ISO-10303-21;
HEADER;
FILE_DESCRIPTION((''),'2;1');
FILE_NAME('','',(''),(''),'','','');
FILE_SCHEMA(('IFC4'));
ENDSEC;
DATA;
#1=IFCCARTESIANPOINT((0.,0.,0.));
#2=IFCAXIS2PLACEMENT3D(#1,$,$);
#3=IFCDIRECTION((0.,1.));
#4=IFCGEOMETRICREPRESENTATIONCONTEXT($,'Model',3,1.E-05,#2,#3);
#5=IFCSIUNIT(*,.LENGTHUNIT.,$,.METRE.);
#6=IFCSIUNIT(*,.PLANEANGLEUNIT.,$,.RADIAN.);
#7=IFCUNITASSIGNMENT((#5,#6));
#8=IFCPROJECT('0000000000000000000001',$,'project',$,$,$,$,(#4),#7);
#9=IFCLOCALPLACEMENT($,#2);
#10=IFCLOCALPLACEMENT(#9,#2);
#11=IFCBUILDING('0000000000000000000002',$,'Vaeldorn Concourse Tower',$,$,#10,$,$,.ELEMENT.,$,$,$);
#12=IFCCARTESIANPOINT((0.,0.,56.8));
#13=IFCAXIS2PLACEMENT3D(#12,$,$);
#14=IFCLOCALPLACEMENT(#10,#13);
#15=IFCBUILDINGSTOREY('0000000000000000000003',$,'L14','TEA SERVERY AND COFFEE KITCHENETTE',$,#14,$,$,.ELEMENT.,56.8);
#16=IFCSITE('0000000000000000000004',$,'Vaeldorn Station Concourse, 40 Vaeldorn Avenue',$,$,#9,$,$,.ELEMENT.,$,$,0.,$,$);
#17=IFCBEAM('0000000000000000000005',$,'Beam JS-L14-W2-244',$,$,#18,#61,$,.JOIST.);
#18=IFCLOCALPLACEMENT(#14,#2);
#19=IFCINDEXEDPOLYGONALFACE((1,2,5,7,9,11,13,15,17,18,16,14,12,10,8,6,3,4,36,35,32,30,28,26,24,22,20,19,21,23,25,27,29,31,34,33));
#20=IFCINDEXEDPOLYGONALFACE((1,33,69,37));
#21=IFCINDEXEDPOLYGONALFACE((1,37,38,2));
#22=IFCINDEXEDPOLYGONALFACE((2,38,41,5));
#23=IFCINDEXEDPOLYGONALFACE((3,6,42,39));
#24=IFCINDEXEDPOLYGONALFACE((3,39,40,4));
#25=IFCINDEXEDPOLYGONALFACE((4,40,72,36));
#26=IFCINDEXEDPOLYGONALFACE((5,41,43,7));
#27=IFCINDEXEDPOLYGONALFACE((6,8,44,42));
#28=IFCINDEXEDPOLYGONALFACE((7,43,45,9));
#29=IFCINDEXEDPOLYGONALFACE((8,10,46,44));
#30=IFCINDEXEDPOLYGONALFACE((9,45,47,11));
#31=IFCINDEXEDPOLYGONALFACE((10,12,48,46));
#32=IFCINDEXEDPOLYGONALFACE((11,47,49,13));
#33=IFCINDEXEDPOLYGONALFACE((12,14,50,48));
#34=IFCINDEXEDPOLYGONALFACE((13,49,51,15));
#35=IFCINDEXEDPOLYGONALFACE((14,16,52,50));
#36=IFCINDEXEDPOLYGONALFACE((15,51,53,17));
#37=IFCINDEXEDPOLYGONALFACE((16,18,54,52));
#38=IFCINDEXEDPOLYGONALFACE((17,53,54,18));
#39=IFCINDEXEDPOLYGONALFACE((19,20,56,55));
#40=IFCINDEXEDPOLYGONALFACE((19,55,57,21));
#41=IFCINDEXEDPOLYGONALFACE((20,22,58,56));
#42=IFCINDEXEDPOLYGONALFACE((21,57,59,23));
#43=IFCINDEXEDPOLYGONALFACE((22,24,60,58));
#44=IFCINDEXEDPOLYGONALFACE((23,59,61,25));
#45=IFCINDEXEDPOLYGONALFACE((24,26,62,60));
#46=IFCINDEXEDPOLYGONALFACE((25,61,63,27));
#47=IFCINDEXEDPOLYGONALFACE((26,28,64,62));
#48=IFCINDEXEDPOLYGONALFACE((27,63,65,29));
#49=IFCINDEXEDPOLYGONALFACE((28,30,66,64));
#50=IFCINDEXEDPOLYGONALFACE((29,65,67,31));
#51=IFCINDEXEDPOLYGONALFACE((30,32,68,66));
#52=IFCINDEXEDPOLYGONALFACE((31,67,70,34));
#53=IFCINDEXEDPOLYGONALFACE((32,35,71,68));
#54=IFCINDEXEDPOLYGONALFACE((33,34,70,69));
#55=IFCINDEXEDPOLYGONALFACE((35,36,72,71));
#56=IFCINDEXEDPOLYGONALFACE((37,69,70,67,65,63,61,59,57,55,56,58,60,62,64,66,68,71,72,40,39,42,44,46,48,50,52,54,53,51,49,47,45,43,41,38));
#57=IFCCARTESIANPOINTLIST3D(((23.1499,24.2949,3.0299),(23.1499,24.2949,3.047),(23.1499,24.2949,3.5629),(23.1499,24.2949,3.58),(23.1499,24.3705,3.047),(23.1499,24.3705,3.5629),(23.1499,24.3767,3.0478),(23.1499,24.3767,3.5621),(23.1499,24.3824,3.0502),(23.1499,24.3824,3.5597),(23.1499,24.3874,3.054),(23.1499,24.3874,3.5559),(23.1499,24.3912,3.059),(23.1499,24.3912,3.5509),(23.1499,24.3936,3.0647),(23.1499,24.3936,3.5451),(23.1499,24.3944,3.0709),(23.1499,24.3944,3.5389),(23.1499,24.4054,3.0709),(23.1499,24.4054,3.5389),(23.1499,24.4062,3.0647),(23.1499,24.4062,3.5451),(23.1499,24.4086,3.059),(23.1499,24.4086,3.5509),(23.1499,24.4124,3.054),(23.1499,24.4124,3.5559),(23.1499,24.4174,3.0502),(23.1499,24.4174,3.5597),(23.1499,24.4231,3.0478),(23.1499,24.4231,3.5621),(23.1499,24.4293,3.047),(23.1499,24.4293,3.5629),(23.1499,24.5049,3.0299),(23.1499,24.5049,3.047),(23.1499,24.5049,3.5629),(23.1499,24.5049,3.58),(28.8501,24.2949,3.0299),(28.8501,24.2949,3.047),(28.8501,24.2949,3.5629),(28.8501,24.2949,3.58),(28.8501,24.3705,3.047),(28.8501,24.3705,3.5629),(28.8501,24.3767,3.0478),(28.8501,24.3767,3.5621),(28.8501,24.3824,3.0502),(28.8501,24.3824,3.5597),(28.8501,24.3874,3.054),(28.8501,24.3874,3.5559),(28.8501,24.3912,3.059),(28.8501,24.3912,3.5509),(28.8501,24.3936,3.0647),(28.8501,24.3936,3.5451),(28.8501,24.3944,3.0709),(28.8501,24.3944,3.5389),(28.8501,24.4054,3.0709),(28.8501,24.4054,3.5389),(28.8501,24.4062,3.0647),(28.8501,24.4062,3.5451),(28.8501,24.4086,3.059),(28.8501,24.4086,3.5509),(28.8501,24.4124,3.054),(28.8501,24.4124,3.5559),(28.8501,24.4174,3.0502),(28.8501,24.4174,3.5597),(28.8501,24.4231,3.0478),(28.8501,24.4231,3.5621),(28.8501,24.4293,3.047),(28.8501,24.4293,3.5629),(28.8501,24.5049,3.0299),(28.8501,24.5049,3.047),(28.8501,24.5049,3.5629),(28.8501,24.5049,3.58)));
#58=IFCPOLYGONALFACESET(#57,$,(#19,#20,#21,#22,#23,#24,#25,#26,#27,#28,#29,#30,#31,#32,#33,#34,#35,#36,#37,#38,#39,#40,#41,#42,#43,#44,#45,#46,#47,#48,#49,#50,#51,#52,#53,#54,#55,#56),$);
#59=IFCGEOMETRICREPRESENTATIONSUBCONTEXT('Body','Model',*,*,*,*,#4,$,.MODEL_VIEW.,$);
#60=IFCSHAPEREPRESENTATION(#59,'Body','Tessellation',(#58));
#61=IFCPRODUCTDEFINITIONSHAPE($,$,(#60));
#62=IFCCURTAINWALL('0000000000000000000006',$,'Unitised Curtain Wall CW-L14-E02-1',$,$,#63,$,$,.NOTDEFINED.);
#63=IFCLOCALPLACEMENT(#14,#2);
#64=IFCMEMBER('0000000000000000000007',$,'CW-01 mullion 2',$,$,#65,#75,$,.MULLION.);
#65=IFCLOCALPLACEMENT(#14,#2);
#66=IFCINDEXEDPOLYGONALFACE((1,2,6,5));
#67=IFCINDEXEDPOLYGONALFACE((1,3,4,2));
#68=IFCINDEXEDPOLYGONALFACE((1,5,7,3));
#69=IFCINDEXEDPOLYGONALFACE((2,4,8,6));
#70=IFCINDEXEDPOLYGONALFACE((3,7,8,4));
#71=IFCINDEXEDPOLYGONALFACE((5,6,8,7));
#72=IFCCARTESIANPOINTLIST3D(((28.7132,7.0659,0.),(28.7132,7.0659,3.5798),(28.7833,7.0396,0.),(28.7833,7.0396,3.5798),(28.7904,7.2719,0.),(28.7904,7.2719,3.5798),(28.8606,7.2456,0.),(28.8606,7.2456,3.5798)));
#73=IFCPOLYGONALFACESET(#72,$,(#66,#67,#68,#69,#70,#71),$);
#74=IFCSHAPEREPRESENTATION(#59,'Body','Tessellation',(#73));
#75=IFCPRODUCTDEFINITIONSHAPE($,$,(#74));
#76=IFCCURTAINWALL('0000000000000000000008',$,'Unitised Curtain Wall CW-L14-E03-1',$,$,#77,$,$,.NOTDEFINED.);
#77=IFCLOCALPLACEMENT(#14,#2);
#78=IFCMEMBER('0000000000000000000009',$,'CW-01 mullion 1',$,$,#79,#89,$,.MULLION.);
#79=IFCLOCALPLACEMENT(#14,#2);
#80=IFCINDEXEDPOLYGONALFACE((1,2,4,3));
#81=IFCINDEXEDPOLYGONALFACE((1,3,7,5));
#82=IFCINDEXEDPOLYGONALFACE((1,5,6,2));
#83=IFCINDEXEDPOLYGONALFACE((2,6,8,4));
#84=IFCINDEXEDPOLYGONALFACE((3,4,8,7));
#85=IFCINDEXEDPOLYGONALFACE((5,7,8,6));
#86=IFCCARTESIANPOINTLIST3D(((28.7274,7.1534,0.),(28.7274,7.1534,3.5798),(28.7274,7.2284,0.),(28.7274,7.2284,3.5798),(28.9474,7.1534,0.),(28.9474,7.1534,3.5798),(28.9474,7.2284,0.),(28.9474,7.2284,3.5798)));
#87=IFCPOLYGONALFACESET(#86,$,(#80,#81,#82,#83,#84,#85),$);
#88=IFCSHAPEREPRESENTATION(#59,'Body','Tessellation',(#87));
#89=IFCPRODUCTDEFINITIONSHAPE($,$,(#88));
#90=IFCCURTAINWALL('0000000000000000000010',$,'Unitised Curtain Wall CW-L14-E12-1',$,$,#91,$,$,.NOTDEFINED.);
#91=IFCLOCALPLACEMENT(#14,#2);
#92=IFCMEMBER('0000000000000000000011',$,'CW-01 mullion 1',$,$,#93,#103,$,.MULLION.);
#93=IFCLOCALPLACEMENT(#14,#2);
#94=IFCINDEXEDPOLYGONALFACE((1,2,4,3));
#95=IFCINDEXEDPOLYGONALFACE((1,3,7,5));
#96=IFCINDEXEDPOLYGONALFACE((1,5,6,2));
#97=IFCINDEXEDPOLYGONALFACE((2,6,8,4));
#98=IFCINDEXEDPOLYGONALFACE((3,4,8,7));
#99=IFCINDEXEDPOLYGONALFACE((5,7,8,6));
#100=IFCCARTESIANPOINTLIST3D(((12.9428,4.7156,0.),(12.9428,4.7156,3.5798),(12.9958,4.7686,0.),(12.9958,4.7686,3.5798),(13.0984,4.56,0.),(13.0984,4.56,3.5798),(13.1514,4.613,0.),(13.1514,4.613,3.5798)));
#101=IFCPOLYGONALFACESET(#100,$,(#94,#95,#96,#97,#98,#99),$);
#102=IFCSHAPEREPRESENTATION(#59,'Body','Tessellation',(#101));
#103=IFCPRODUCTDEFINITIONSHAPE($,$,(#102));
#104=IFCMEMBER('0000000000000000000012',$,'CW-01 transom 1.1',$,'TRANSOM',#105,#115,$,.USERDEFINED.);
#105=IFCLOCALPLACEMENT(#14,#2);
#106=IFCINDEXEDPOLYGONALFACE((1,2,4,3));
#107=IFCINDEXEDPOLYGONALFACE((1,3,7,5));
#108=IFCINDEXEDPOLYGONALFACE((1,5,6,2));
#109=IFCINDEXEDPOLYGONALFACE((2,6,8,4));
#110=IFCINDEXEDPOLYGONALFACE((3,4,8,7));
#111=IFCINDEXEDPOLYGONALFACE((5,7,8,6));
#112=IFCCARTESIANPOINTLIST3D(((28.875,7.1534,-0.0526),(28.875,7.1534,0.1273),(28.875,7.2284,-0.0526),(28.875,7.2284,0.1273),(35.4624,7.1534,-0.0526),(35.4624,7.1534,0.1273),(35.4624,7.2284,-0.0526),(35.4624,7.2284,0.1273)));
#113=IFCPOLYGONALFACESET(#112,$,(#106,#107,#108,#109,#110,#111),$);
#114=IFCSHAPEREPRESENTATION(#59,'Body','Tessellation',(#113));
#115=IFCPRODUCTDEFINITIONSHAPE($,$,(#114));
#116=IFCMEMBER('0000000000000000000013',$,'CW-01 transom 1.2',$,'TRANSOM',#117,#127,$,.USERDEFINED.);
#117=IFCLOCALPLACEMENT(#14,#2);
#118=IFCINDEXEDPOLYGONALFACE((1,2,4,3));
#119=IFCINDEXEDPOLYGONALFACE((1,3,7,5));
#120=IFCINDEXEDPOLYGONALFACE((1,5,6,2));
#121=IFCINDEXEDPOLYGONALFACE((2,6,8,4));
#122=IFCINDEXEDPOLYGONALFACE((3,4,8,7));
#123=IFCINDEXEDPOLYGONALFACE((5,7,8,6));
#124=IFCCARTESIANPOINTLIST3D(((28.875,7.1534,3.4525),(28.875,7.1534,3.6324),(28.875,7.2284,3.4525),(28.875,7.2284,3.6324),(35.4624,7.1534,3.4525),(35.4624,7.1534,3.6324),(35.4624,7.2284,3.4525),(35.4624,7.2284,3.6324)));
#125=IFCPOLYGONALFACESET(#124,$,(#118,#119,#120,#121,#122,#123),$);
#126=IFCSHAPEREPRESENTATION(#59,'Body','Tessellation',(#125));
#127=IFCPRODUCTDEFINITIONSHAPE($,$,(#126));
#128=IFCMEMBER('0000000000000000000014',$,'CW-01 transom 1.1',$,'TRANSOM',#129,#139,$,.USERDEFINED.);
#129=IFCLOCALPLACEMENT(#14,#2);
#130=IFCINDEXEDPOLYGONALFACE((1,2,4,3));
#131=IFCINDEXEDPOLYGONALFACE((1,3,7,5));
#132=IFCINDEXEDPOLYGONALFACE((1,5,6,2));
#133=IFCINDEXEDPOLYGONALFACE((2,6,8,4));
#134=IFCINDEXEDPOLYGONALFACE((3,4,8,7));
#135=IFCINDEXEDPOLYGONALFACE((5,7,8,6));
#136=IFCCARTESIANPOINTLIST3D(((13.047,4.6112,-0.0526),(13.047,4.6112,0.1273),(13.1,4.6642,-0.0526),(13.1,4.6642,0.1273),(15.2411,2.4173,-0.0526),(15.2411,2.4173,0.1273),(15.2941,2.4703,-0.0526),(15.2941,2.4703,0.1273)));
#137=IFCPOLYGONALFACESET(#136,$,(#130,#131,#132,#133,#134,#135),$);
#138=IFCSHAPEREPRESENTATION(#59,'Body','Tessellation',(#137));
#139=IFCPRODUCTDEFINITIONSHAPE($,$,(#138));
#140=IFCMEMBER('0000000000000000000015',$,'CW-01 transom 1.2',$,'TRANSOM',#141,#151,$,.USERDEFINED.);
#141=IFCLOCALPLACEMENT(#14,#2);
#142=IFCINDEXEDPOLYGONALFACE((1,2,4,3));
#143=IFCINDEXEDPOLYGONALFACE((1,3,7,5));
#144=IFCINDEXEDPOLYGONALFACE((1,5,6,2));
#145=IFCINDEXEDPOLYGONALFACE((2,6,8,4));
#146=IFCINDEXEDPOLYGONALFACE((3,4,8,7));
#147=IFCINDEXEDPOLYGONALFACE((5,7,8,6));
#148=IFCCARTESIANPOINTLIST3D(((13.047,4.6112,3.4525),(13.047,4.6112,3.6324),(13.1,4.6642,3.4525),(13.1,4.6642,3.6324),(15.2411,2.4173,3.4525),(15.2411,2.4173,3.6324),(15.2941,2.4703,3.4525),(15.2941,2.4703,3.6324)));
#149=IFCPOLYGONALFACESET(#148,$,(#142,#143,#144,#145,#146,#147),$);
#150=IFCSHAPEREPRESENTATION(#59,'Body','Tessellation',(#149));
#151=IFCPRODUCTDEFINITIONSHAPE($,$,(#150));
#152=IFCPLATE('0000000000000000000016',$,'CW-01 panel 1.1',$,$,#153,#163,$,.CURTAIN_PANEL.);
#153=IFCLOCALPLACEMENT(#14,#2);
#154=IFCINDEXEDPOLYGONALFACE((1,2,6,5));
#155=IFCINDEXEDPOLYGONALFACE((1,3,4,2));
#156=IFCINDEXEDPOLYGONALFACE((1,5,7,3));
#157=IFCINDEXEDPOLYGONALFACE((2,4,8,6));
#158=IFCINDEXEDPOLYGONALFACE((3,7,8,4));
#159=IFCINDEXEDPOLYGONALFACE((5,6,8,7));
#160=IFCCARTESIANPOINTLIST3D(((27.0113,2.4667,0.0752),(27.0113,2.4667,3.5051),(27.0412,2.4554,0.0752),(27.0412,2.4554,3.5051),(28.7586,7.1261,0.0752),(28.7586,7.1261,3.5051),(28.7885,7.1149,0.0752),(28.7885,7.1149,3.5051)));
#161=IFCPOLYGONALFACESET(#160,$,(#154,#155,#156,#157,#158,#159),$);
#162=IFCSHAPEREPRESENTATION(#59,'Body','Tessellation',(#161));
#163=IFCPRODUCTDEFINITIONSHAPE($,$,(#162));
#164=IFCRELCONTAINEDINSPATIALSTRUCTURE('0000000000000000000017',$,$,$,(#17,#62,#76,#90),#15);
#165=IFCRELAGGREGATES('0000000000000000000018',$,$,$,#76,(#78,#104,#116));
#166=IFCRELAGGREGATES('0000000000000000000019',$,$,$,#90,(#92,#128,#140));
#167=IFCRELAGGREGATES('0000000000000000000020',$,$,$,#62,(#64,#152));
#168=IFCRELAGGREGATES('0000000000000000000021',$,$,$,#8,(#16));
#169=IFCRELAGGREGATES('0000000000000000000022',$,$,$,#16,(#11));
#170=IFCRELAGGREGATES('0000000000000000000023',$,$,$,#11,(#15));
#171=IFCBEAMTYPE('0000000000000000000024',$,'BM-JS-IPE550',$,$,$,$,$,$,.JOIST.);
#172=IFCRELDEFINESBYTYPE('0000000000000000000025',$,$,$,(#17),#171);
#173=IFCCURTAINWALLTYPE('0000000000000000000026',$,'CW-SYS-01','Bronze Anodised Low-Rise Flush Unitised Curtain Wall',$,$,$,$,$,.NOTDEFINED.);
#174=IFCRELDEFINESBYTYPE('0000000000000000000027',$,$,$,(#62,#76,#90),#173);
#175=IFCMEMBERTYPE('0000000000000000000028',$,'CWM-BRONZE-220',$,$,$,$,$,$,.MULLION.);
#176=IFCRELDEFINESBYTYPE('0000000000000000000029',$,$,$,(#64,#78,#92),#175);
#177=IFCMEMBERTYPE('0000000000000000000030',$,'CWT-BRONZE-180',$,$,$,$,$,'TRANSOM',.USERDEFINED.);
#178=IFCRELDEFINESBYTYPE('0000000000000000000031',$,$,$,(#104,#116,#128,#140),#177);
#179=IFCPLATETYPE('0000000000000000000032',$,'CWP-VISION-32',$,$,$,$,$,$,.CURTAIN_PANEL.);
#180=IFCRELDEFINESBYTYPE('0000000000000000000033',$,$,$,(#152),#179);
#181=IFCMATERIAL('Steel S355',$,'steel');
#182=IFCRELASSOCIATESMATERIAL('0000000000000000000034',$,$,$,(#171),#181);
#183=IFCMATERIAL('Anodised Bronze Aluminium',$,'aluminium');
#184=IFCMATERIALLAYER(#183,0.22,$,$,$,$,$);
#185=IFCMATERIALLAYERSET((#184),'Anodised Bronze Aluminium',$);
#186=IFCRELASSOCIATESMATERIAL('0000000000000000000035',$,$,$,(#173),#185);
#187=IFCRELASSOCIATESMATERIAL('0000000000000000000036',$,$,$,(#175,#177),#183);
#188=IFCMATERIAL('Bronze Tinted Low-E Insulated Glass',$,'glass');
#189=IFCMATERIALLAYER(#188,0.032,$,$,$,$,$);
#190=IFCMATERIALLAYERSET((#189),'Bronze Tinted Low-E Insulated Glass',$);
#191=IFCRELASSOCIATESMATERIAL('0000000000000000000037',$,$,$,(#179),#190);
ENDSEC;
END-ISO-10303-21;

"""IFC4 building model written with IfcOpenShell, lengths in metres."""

from ifc_helpers import new_model, si_unit, direction, frame, origin, origin_2d, place, context, subcontext, project, spatial, rectangle, i_section, extrude, source, transform, mapped, material, layer, layer_set, material_profile, profile_set, type_object, element, aggregate, save


model = new_model("IFC4")

# Units and contexts
model_context = context("Model", 3, precision=1e-05, world=origin(), true_north=direction((0.0, 1.0)))
body_context = subcontext(model_context, "Body", "Model", "MODEL_VIEW")
ifc_project = project(units=[si_unit("LENGTHUNIT", "METRE"), si_unit("PLANEANGLEUNIT", "RADIAN")], contexts=[model_context])

# Site, building, storey
site_placement = place(None, origin())
site = spatial("IfcSite", under=ifc_project, at=site_placement, Name="Vaeldorn Station Concourse, 40 Vaeldorn Avenue", CompositionType="ELEMENT", RefElevation=0.0)
building_placement = place(site_placement, origin())
building = spatial("IfcBuilding", under=site, at=building_placement, Name="Vaeldorn Concourse Tower", CompositionType="ELEMENT")
storey_placement = place(building_placement, frame((0.0, 0.0, 56.8)))
storey = spatial("IfcBuildingStorey", under=building, at=storey_placement, Name="L14", Description="TEA SERVERY AND COFFEE KITCHENETTE", CompositionType="ELEMENT", Elevation=56.8)

# Beam
ifc_material_1 = material(Name="Steel S355", Category="steel")
ifc_material_profile_1 = material_profile(ifc_material_1, i_section(OverallWidth=0.21, OverallDepth=0.55, WebThickness=0.011, FlangeThickness=0.0171, FilletRadius=0.0239, at=origin_2d()), Name="IPE 550")
ifc_profile_set_1 = profile_set([ifc_material_profile_1], Name="Steel S355")
beam_type_1 = type_object("IfcBeamType", Name="BM-JS-IPE550", PredefinedType="JOIST", material=ifc_profile_set_1)
shared_shape_1 = source(origin(), body_context, "Body", "SweptSolid", [
    extrude(i_section(OverallWidth=0.21, OverallDepth=0.55, WebThickness=0.011, FlangeThickness=0.0171, FilletRadius=0.0239, at=origin_2d()), origin(), (0.0, 0.0, 1.0), 5.7002),
])
for number, where, z_axis, x_axis, name in (
    (1, (23.1499, 24.3999, 3.3049), (1.0, 0.0, 0.0), (0.0, 1.0, 0.0), "Beam JS-L14-W2-244"),
):
    element("IfcBeam", number, at=place(storey_placement, frame(where, z_axis=z_axis, x_axis=x_axis)), inside=storey, type_object=beam_type_1, Name=name, PredefinedType="JOIST", context=body_context, shape_type="MappedRepresentation", body=[
        mapped(shared_shape_1, transform((0.0, 0.0, 0.0), scale=1.0)),
    ])

# Curtain walls, members
ifc_material_2 = material(Name="Anodised Bronze Aluminium", Category="aluminium")
ifc_layer_1 = layer(ifc_material_2, 0.22)
ifc_layer_set_1 = layer_set([ifc_layer_1], Name="Anodised Bronze Aluminium")
curtain_wall_type = type_object("IfcCurtainWallType", Name="CW-SYS-01", Description="Bronze Anodised Low-Rise Flush Unitised Curtain Wall", PredefinedType="NOTDEFINED", material=ifc_layer_set_1)
curtain_wall_1_placement = place(storey_placement, origin())
curtain_wall_1 = element("IfcCurtainWall", 2, at=curtain_wall_1_placement, inside=storey, type_object=curtain_wall_type, Name="Unitised Curtain Wall CW-L14-E02-1", PredefinedType="NOTDEFINED")
ifc_material_profile_2 = material_profile(ifc_material_2, rectangle(XDim=0.075, YDim=0.22, at=origin_2d()), Name="CWM 75x220")
ifc_profile_set_2 = profile_set([ifc_material_profile_2], Name="Anodised Bronze Aluminium")
member_type_1 = type_object("IfcMemberType", Name="CWM-BRONZE-220", PredefinedType="MULLION", material=ifc_profile_set_2)
shared_shape_2 = source(origin(), body_context, "Body", "SweptSolid", [
    extrude(rectangle(XDim=0.075, YDim=0.22, at=origin_2d()), origin(), (0.0, 0.0, 1.0), 3.5798),
])
member_1_placement = place(storey_placement, frame((28.7869, 7.1558, 0.0), z_axis=(0.0, 0.0, 1.0), x_axis=(-0.936329, 0.351123, 0.0)))
member_1 = element("IfcMember", 3, at=member_1_placement, type_object=member_type_1, Name="CW-01 mullion 2", PredefinedType="MULLION", context=body_context, shape_type="MappedRepresentation", body=[
    mapped(shared_shape_2, transform((0.0, 0.0, 0.0), scale=1.0)),
])
curtain_wall_2_placement = place(storey_placement, origin())
curtain_wall_2 = element("IfcCurtainWall", 4, at=curtain_wall_2_placement, inside=storey, type_object=curtain_wall_type, Name="Unitised Curtain Wall CW-L14-E03-1", PredefinedType="NOTDEFINED")
member_2_placement = place(storey_placement, frame((28.8374, 7.1909, 0.0), z_axis=(0.0, 0.0, 1.0), x_axis=(0.0, 1.0, 0.0)))
member_2 = element("IfcMember", 5, at=member_2_placement, type_object=member_type_1, Name="CW-01 mullion 1", PredefinedType="MULLION", context=body_context, shape_type="MappedRepresentation", body=[
    mapped(shared_shape_2, transform((0.0, 0.0, 0.0), scale=1.0)),
])
curtain_wall_3_placement = place(storey_placement, origin())
curtain_wall_3 = element("IfcCurtainWall", 6, at=curtain_wall_3_placement, inside=storey, type_object=curtain_wall_type, Name="Unitised Curtain Wall CW-L14-E12-1", PredefinedType="NOTDEFINED")
member_3_placement = place(storey_placement, frame((13.0471, 4.6643, 0.0), z_axis=(0.0, 0.0, 1.0), x_axis=(0.707107, 0.707107, 0.0)))
member_3 = element("IfcMember", 7, at=member_3_placement, type_object=member_type_1, Name="CW-01 mullion 1", PredefinedType="MULLION", context=body_context, shape_type="MappedRepresentation", body=[
    mapped(shared_shape_2, transform((0.0, 0.0, 0.0), scale=1.0)),
])

# Members
ifc_material_profile_3 = material_profile(ifc_material_2, rectangle(XDim=0.075, YDim=0.1799, at=origin_2d()), Name="CWT 75x180")
ifc_profile_set_3 = profile_set([ifc_material_profile_3], Name="Anodised Bronze Aluminium")
member_type_2 = type_object("IfcMemberType", Name="CWT-BRONZE-180", ElementType="TRANSOM", PredefinedType="USERDEFINED", material=ifc_profile_set_3)
shared_shape_3 = source(origin(), body_context, "Body", "SweptSolid", [
    extrude(rectangle(XDim=0.075, YDim=0.1799, at=origin_2d()), origin(), (0.0, 0.0, 1.0), 6.5874),
])
member_4_placement = place(storey_placement, frame((28.875, 7.1909, 0.0374), z_axis=(1.0, 0.0, 0.0), x_axis=(0.0, 1.0, 0.0)))
member_4 = element("IfcMember", 8, at=member_4_placement, type_object=member_type_2, Name="CW-01 transom 1.1", ObjectType="TRANSOM", PredefinedType="USERDEFINED", context=body_context, shape_type="MappedRepresentation", body=[
    mapped(shared_shape_3, transform((0.0, 0.0, 0.0), scale=1.0)),
])
member_5_placement = place(storey_placement, frame((28.875, 7.1909, 3.5425), z_axis=(1.0, 0.0, 0.0), x_axis=(0.0, 1.0, 0.0)))
member_5 = element("IfcMember", 9, at=member_5_placement, type_object=member_type_2, Name="CW-01 transom 1.2", ObjectType="TRANSOM", PredefinedType="USERDEFINED", context=body_context, shape_type="MappedRepresentation", body=[
    mapped(shared_shape_3, transform((0.0, 0.0, 0.0), scale=1.0)),
])
aggregate(curtain_wall_2, [member_2, member_4, member_5])
shared_shape_4 = source(origin(), body_context, "Body", "SweptSolid", [
    extrude(rectangle(XDim=0.075, YDim=0.1799, at=origin_2d()), origin(), (0.0, 0.0, 1.0), 3.1028),
])
member_6_placement = place(storey_placement, frame((13.0735, 4.6377, 0.0374), z_axis=(0.707146, -0.707067, 0.0), x_axis=(0.707067, 0.707146, 0.0)))
member_6 = element("IfcMember", 10, at=member_6_placement, type_object=member_type_2, Name="CW-01 transom 1.1", ObjectType="TRANSOM", PredefinedType="USERDEFINED", context=body_context, shape_type="MappedRepresentation", body=[
    mapped(shared_shape_4, transform((0.0, 0.0, 0.0), scale=1.0)),
])
member_7_placement = place(storey_placement, frame((13.0735, 4.6377, 3.5425), z_axis=(0.707146, -0.707067, 0.0), x_axis=(0.707067, 0.707146, 0.0)))
member_7 = element("IfcMember", 11, at=member_7_placement, type_object=member_type_2, Name="CW-01 transom 1.2", ObjectType="TRANSOM", PredefinedType="USERDEFINED", context=body_context, shape_type="MappedRepresentation", body=[
    mapped(shared_shape_4, transform((0.0, 0.0, 0.0), scale=1.0)),
])
aggregate(curtain_wall_3, [member_3, member_6, member_7])

# Plate
ifc_material_3 = material(Name="Bronze Tinted Low-E Insulated Glass", Category="glass")
ifc_layer_2 = layer(ifc_material_3, 0.032)
ifc_layer_set_2 = layer_set([ifc_layer_2], Name="Bronze Tinted Low-E Insulated Glass")
plate_type = type_object("IfcPlateType", Name="CWP-VISION-32", PredefinedType="CURTAIN_PANEL", material=ifc_layer_set_2)
shared_shape_5 = source(origin(), body_context, "Body", "SweptSolid", [
    extrude(rectangle(XDim=4.9763, YDim=0.032, at=origin_2d()), origin(), (0.0, 0.0, 1.0), 3.4299),
])
plate_placement = place(storey_placement, frame((27.8999, 4.7908, 0.0752), z_axis=(0.0, 0.0, 1.0), x_axis=(0.351123, 0.936329, 0.0)))
plate = element("IfcPlate", 12, at=plate_placement, type_object=plate_type, Name="CW-01 panel 1.1", PredefinedType="CURTAIN_PANEL", context=body_context, shape_type="MappedRepresentation", body=[
    mapped(shared_shape_5, transform((0.0, 0.0, 0.0), scale=1.0)),
])
aggregate(curtain_wall_1, [member_1, plate])

save(model, "model.ifc")
